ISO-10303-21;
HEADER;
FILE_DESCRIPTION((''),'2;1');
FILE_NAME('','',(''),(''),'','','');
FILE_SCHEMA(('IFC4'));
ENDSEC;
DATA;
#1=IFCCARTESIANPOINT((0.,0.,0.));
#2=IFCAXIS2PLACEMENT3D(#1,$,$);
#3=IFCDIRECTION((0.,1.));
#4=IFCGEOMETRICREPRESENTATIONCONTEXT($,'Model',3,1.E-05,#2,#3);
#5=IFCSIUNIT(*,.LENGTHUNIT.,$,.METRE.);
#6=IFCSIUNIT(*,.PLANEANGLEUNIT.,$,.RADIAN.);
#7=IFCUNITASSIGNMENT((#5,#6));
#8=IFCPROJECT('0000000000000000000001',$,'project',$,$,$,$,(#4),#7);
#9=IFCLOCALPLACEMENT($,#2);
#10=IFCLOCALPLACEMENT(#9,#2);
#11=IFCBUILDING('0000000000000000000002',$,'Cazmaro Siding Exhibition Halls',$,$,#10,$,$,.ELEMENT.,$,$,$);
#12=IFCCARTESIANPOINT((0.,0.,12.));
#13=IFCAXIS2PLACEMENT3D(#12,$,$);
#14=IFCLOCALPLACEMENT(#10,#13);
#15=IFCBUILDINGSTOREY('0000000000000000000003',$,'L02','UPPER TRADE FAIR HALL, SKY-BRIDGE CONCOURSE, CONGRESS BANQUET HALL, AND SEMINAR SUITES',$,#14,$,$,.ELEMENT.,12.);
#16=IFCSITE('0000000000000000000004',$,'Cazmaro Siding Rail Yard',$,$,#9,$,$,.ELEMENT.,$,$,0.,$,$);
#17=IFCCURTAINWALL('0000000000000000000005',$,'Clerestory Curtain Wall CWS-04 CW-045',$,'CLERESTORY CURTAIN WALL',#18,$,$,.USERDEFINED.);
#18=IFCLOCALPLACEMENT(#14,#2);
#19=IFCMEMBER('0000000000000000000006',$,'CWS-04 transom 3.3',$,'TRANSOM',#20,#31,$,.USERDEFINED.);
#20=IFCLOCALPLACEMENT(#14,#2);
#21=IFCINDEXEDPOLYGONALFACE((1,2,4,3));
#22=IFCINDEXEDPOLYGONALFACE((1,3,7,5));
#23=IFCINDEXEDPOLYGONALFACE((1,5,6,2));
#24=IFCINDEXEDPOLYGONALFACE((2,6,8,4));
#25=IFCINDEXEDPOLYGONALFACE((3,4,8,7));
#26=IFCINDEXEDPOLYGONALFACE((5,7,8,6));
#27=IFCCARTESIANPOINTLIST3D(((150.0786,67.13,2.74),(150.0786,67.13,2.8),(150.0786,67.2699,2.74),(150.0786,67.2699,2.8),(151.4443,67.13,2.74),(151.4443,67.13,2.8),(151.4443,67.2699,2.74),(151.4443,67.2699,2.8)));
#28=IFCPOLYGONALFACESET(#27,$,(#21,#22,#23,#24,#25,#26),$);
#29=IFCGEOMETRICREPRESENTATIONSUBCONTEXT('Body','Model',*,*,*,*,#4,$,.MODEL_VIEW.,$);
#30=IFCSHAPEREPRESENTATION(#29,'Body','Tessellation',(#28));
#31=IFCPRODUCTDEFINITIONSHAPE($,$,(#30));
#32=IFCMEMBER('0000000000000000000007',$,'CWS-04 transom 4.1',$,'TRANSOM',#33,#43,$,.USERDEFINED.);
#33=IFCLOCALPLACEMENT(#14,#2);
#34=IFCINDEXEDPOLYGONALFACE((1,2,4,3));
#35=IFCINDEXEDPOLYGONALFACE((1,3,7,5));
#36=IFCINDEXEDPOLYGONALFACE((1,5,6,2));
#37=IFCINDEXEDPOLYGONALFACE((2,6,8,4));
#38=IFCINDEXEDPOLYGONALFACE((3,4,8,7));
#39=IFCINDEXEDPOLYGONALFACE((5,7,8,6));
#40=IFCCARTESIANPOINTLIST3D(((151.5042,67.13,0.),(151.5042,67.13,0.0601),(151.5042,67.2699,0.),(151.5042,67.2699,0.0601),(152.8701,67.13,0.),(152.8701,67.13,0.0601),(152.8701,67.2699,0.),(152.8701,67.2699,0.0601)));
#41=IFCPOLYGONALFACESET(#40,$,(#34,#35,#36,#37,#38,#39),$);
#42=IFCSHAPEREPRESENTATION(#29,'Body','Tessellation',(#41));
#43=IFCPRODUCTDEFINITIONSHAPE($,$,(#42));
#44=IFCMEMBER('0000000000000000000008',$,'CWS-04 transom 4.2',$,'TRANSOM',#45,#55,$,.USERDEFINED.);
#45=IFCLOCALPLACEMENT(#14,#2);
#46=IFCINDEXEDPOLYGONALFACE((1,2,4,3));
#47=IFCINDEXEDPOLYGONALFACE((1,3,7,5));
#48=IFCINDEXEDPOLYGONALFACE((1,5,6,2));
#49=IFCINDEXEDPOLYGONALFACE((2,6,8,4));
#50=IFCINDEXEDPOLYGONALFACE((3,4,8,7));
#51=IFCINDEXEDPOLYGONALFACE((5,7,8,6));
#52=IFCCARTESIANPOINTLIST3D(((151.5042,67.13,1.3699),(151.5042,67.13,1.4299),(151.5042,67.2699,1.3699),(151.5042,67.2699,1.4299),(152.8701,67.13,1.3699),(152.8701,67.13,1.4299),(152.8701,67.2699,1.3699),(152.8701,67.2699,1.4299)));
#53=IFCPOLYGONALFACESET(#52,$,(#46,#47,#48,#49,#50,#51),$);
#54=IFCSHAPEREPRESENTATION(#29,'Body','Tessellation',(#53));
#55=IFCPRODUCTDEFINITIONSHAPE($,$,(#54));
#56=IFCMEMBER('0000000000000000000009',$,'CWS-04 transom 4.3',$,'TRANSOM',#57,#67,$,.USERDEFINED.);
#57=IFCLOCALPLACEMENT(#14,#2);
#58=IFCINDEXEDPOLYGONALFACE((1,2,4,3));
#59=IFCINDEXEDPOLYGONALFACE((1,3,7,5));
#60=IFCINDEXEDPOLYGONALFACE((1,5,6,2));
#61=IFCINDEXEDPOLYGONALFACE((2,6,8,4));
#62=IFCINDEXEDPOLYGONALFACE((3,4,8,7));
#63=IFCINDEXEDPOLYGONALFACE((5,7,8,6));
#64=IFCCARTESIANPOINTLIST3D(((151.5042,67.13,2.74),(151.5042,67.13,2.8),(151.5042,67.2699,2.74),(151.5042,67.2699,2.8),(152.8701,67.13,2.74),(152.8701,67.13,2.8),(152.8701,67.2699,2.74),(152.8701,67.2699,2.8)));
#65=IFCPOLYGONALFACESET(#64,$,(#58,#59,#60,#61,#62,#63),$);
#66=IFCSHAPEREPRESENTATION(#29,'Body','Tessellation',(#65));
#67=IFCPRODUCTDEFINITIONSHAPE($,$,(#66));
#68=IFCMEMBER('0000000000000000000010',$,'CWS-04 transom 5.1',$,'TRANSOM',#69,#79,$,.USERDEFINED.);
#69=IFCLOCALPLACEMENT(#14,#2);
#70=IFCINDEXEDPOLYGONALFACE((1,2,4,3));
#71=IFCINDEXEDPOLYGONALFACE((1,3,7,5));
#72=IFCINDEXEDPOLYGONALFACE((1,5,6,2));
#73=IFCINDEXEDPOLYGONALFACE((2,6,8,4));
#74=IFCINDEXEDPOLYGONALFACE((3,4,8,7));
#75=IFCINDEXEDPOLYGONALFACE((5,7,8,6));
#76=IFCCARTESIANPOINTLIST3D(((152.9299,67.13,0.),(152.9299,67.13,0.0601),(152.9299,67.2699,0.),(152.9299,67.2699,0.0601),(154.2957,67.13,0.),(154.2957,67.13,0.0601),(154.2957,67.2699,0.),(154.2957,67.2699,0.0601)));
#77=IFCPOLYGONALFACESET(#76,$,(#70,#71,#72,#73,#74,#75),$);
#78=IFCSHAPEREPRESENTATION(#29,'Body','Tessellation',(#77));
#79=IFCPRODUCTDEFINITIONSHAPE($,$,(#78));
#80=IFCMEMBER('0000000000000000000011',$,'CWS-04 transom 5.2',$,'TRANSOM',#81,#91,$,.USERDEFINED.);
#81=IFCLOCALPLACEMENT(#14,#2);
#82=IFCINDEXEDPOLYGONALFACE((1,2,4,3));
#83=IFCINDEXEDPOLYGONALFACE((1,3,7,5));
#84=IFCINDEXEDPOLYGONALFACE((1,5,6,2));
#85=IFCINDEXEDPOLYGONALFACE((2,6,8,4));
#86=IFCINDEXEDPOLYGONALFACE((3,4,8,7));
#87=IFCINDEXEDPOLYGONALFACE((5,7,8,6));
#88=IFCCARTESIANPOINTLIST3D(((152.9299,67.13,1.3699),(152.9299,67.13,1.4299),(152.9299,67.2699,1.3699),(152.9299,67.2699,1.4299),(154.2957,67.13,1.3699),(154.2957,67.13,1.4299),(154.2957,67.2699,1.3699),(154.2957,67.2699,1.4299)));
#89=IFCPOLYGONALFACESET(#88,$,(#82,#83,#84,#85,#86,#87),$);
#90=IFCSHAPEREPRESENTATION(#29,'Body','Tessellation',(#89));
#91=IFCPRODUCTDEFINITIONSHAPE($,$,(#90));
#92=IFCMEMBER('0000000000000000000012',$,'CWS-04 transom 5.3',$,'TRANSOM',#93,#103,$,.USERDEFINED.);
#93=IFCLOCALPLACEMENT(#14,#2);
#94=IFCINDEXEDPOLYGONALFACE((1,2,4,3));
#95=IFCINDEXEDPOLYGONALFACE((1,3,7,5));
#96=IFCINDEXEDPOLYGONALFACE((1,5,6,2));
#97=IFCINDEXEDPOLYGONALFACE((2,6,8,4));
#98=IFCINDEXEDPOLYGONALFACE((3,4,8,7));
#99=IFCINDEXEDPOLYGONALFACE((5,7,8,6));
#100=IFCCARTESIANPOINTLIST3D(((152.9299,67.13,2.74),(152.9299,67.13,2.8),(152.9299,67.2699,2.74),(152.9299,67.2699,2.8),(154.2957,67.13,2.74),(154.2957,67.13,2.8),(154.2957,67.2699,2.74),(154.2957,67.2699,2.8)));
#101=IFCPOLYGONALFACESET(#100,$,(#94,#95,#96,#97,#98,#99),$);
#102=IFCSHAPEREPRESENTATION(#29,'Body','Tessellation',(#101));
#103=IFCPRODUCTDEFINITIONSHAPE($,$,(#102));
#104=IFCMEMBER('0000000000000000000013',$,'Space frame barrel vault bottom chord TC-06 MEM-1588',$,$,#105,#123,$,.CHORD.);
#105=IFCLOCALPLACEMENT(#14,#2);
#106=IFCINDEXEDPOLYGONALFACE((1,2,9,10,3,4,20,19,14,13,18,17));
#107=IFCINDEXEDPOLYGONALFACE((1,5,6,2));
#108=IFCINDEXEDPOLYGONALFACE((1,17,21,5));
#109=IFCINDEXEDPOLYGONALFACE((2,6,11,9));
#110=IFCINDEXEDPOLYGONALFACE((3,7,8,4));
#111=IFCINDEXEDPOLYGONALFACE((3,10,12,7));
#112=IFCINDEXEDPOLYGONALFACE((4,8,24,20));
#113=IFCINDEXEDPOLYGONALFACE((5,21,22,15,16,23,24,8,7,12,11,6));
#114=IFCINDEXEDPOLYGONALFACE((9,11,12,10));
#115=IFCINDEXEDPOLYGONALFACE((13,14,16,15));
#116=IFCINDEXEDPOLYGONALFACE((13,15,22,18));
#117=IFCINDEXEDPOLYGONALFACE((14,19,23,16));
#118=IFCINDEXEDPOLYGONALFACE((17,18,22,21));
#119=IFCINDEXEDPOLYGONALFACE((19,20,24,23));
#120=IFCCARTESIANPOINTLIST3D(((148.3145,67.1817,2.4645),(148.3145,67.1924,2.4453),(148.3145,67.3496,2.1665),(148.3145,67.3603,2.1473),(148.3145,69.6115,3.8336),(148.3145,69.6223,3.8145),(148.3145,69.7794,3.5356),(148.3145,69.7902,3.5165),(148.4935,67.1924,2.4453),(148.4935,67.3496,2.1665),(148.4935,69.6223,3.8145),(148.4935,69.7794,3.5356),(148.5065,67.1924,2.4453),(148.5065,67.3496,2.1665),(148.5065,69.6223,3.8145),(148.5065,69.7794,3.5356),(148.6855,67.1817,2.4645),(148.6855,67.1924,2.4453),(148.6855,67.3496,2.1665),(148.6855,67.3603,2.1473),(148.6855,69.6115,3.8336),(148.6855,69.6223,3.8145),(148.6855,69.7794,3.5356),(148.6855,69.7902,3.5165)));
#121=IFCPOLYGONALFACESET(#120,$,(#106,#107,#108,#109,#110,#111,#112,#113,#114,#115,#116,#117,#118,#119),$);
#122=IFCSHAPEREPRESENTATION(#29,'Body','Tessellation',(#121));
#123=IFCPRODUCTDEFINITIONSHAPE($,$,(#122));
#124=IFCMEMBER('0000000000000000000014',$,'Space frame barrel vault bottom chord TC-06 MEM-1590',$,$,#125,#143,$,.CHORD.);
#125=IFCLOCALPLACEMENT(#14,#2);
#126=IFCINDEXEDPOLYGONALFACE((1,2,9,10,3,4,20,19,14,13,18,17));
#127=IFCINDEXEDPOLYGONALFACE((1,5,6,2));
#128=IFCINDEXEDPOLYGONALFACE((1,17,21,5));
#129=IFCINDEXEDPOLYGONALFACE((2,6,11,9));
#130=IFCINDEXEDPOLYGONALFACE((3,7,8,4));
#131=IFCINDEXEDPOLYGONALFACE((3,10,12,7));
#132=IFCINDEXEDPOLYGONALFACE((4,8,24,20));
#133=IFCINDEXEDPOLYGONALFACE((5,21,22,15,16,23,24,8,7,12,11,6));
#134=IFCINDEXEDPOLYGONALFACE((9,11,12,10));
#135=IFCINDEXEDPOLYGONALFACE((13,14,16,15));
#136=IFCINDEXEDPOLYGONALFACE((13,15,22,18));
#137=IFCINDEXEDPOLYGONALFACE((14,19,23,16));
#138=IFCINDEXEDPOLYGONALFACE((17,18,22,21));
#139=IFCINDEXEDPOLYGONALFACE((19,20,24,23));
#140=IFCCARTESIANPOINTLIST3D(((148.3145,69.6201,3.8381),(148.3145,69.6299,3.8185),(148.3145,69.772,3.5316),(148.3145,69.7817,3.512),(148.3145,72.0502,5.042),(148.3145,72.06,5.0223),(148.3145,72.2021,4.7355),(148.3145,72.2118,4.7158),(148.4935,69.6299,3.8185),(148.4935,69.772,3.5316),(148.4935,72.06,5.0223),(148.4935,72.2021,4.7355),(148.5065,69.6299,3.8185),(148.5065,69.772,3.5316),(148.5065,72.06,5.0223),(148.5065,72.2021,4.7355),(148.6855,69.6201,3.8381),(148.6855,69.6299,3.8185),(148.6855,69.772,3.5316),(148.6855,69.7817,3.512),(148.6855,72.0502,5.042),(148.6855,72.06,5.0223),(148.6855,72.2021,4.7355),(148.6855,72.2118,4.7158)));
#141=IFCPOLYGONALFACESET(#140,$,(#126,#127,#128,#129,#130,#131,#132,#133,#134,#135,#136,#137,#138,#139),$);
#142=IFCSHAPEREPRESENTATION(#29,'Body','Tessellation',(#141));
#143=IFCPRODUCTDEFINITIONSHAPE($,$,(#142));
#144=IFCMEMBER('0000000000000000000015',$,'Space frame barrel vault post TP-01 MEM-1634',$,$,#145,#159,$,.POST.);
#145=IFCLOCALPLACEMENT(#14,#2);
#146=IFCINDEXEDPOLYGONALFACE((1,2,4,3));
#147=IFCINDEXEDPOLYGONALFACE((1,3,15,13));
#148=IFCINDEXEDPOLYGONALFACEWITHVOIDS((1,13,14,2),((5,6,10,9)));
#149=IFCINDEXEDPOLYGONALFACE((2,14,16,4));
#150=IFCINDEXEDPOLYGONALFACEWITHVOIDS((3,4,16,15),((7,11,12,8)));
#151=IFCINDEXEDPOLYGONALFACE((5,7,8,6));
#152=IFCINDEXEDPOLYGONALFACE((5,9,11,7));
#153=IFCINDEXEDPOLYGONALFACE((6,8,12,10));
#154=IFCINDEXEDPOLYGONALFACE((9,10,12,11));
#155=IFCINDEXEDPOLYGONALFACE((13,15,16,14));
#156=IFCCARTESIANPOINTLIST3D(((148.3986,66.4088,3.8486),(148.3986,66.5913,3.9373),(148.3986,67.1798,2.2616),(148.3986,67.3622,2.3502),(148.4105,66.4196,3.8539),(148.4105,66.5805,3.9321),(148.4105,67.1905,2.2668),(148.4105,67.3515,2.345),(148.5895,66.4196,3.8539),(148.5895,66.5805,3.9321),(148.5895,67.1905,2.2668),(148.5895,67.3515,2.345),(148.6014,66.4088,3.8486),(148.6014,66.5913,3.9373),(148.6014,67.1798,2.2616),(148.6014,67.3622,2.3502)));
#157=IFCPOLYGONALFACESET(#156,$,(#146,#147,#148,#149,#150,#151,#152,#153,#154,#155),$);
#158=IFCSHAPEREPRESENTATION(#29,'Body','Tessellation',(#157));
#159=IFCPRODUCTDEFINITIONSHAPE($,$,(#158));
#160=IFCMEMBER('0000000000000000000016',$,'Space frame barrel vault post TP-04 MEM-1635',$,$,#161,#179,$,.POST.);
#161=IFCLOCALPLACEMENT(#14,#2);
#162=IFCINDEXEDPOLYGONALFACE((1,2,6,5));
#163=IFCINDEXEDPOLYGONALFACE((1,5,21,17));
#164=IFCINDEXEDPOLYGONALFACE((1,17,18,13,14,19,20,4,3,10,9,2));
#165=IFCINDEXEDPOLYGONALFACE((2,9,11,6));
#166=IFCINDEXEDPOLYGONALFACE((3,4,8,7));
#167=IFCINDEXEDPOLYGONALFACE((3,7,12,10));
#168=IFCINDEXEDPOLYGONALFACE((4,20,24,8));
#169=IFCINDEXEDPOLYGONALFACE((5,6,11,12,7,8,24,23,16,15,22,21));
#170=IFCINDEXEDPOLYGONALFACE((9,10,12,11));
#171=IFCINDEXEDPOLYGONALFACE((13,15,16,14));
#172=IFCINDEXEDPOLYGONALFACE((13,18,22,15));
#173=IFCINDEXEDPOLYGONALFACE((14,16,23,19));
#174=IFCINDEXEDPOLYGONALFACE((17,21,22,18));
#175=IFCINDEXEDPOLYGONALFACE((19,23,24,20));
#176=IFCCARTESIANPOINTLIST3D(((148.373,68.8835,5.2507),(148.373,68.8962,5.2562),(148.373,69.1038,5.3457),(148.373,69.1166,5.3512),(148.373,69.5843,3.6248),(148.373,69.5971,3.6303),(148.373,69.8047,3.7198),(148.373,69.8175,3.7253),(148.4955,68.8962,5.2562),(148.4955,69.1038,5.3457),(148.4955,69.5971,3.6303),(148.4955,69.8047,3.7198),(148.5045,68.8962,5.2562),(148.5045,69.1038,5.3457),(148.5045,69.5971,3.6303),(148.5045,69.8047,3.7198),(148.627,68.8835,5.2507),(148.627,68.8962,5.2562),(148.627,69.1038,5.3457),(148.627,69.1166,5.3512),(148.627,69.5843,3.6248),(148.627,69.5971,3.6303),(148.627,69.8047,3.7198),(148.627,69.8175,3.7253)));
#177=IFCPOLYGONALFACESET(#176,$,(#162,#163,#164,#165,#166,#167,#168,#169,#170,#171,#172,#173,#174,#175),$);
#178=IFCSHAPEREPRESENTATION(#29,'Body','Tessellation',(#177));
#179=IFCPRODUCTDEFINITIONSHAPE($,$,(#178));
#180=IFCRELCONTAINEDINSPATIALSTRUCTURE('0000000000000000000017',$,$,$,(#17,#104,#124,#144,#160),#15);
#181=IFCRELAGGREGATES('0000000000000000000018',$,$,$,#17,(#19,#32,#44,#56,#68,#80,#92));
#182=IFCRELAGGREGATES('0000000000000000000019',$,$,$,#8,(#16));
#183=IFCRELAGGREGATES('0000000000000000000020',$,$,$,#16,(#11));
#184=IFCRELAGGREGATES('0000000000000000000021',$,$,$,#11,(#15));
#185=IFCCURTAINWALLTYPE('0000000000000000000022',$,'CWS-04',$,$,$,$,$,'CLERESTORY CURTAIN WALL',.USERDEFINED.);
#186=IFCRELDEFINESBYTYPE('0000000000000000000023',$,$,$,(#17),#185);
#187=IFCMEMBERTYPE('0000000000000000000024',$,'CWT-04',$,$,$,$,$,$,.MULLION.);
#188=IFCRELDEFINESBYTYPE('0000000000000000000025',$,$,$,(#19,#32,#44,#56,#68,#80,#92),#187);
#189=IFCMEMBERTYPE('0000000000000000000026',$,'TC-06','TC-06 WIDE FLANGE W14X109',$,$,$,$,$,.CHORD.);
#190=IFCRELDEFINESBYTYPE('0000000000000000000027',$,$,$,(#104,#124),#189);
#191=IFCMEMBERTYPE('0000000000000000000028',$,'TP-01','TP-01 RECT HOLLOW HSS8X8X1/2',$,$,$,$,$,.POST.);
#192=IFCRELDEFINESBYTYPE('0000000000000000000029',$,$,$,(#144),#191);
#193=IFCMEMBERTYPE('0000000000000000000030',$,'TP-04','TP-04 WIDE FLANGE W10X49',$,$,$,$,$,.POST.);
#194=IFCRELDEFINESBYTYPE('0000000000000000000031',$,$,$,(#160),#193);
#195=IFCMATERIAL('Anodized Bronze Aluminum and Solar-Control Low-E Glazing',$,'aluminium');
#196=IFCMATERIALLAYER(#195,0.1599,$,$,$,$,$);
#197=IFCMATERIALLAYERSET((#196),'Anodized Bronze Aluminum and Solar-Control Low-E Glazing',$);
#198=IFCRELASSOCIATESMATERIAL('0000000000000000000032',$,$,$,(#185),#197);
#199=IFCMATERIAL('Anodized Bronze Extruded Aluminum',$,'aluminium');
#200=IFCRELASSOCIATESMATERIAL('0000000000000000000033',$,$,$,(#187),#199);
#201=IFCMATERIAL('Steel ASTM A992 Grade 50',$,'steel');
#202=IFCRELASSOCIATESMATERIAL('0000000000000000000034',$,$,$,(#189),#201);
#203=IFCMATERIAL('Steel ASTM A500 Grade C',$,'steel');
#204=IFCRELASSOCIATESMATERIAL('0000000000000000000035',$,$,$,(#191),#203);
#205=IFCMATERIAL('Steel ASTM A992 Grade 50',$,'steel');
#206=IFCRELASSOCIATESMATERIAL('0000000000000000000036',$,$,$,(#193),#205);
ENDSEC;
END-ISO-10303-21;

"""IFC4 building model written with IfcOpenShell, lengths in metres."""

from ifc_helpers import new_model, si_unit, direction, frame, origin, origin_2d, place, context, subcontext, project, spatial, rectangle, hollow_rectangle, i_section, extrude, material, layer, layer_set, material_profile, profile_set, type_object, element, aggregate, save


model = new_model("IFC4")

# Units and contexts
model_context = context("Model", 3, precision=1e-05, world=origin(), true_north=direction((0.0, 1.0)))
body_context = subcontext(model_context, "Body", "Model", "MODEL_VIEW")
ifc_project = project(units=[si_unit("LENGTHUNIT", "METRE"), si_unit("PLANEANGLEUNIT", "RADIAN")], contexts=[model_context])

# Site, building, storey
site_placement = place(None, origin())
site = spatial("IfcSite", under=ifc_project, at=site_placement, Name="Cazmaro Siding Rail Yard", CompositionType="ELEMENT", RefElevation=0.0)
building_placement = place(site_placement, origin())
building = spatial("IfcBuilding", under=site, at=building_placement, Name="Cazmaro Siding Exhibition Halls", CompositionType="ELEMENT")
storey_placement = place(building_placement, frame((0.0, 0.0, 12.0)))
storey = spatial("IfcBuildingStorey", under=building, at=storey_placement, Name="L02", Description="UPPER TRADE FAIR HALL, SKY-BRIDGE CONCOURSE, CONGRESS BANQUET HALL, AND SEMINAR SUITES", CompositionType="ELEMENT", Elevation=12.0)

# Curtain wall, members
ifc_material_1 = material(Name="Anodized Bronze Aluminum and Solar-Control Low-E Glazing", Category="aluminium")
ifc_layer_1 = layer(ifc_material_1, 0.1599)
ifc_layer_set_1 = layer_set([ifc_layer_1], Name="Anodized Bronze Aluminum and Solar-Control Low-E Glazing")
curtain_wall_type = type_object("IfcCurtainWallType", Name="CWS-04", ElementType="CLERESTORY CURTAIN WALL", PredefinedType="USERDEFINED", material=ifc_layer_set_1)
curtain_wall_placement = place(storey_placement, origin())
curtain_wall = element("IfcCurtainWall", 1, at=curtain_wall_placement, inside=storey, type_object=curtain_wall_type, Name="Clerestory Curtain Wall CWS-04 CW-045", ObjectType="CLERESTORY CURTAIN WALL", PredefinedType="USERDEFINED")
ifc_material_2 = material(Name="Anodized Bronze Extruded Aluminum", Category="aluminium")
ifc_material_profile_1 = material_profile(ifc_material_2, rectangle(XDim=0.1399, YDim=0.0601, at=origin_2d()), Name="CWT-04")
ifc_profile_set_1 = profile_set([ifc_material_profile_1], Name="Anodized Bronze Extruded Aluminum")
member_type_1 = type_object("IfcMemberType", Name="CWT-04", PredefinedType="MULLION", material=ifc_profile_set_1)
member_1_placement = place(storey_placement, frame((150.0786, 67.2, 2.77), z_axis=(1.0, 0.0, 0.0), x_axis=(0.0, 1.0, 0.0)))
member_1 = element("IfcMember", 2, at=member_1_placement, type_object=member_type_1, Name="CWS-04 transom 3.3", ObjectType="TRANSOM", PredefinedType="USERDEFINED", context=body_context, shape_type="SweptSolid", body=[
    extrude(rectangle(XDim=0.1399, YDim=0.0601, at=origin_2d()), origin(), (0.0, 0.0, 1.0), 1.3657),
])
member_2_placement = place(storey_placement, frame((151.5042, 67.2, 0.03), z_axis=(1.0, 0.0, 0.0), x_axis=(0.0, 1.0, 0.0)))
member_2 = element("IfcMember", 3, at=member_2_placement, type_object=member_type_1, Name="CWS-04 transom 4.1", ObjectType="TRANSOM", PredefinedType="USERDEFINED", context=body_context, shape_type="SweptSolid", body=[
    extrude(rectangle(XDim=0.1399, YDim=0.0601, at=origin_2d()), origin(), (0.0, 0.0, 1.0), 1.366),
])
member_3_placement = place(storey_placement, frame((151.5042, 67.2, 1.3999), z_axis=(1.0, 0.0, 0.0), x_axis=(0.0, 1.0, 0.0)))
member_3 = element("IfcMember", 4, at=member_3_placement, type_object=member_type_1, Name="CWS-04 transom 4.2", ObjectType="TRANSOM", PredefinedType="USERDEFINED", context=body_context, shape_type="SweptSolid", body=[
    extrude(rectangle(XDim=0.1399, YDim=0.0601, at=origin_2d()), origin(), (0.0, 0.0, 1.0), 1.366),
])
member_4_placement = place(storey_placement, frame((151.5042, 67.2, 2.77), z_axis=(1.0, 0.0, 0.0), x_axis=(0.0, 1.0, 0.0)))
member_4 = element("IfcMember", 5, at=member_4_placement, type_object=member_type_1, Name="CWS-04 transom 4.3", ObjectType="TRANSOM", PredefinedType="USERDEFINED", context=body_context, shape_type="SweptSolid", body=[
    extrude(rectangle(XDim=0.1399, YDim=0.0601, at=origin_2d()), origin(), (0.0, 0.0, 1.0), 1.366),
])
member_5_placement = place(storey_placement, frame((152.9299, 67.2, 0.03), z_axis=(1.0, 0.0, 0.0), x_axis=(0.0, 1.0, 0.0)))
member_5 = element("IfcMember", 6, at=member_5_placement, type_object=member_type_1, Name="CWS-04 transom 5.1", ObjectType="TRANSOM", PredefinedType="USERDEFINED", context=body_context, shape_type="SweptSolid", body=[
    extrude(rectangle(XDim=0.1399, YDim=0.0601, at=origin_2d()), origin(), (0.0, 0.0, 1.0), 1.3657),
])
member_6_placement = place(storey_placement, frame((152.9299, 67.2, 1.3999), z_axis=(1.0, 0.0, 0.0), x_axis=(0.0, 1.0, 0.0)))
member_6 = element("IfcMember", 7, at=member_6_placement, type_object=member_type_1, Name="CWS-04 transom 5.2", ObjectType="TRANSOM", PredefinedType="USERDEFINED", context=body_context, shape_type="SweptSolid", body=[
    extrude(rectangle(XDim=0.1399, YDim=0.0601, at=origin_2d()), origin(), (0.0, 0.0, 1.0), 1.3657),
])
member_7_placement = place(storey_placement, frame((152.9299, 67.2, 2.77), z_axis=(1.0, 0.0, 0.0), x_axis=(0.0, 1.0, 0.0)))
member_7 = element("IfcMember", 8, at=member_7_placement, type_object=member_type_1, Name="CWS-04 transom 5.3", ObjectType="TRANSOM", PredefinedType="USERDEFINED", context=body_context, shape_type="SweptSolid", body=[
    extrude(rectangle(XDim=0.1399, YDim=0.0601, at=origin_2d()), origin(), (0.0, 0.0, 1.0), 1.3657),
])

# Members
ifc_material_3 = material(Name="Steel ASTM A992 Grade 50", Category="steel")
ifc_material_profile_2 = material_profile(ifc_material_3, i_section(OverallWidth=0.3711, OverallDepth=0.364, WebThickness=0.0129, FlangeThickness=0.022, at=origin_2d()), Name="W14X109")
ifc_profile_set_2 = profile_set([ifc_material_profile_2], Name="Steel ASTM A992 Grade 50")
member_type_2 = type_object("IfcMemberType", Name="TC-06", Description="TC-06 WIDE FLANGE W14X109", PredefinedType="CHORD", material=ifc_profile_set_2)
member_8_placement = place(storey_placement, frame((148.5, 67.271, 2.3059), z_axis=(0.0, 0.871222, 0.490889), x_axis=(-1.0, 0.0, 0.0)))
element("IfcMember", 9, at=member_8_placement, inside=storey, type_object=member_type_2, Name="Space frame barrel vault bottom chord TC-06 MEM-1588", PredefinedType="CHORD", context=body_context, shape_type="SweptSolid", body=[
    extrude(i_section(OverallWidth=0.3711, OverallDepth=0.364, WebThickness=0.0129, FlangeThickness=0.022, at=origin_2d()), origin(), (0.0, 0.0, 1.0), 2.7891),
])
member_9_placement = place(storey_placement, frame((148.5, 69.7009, 3.675), z_axis=(0.0, 0.896077, 0.443898), x_axis=(-1.0, 0.0, 0.0)))
element("IfcMember", 10, at=member_9_placement, inside=storey, type_object=member_type_2, Name="Space frame barrel vault bottom chord TC-06 MEM-1590", PredefinedType="CHORD", context=body_context, shape_type="SweptSolid", body=[
    extrude(i_section(OverallWidth=0.3711, OverallDepth=0.364, WebThickness=0.0129, FlangeThickness=0.022, at=origin_2d()), origin(), (0.0, 0.0, 1.0), 2.7119),
])
ifc_material_4 = material(Name="Steel ASTM A500 Grade C", Category="steel")
ifc_material_profile_3 = material_profile(ifc_material_4, hollow_rectangle(XDim=0.2029, YDim=0.2029, WallThickness=0.012, at=origin_2d()), Name="HSS8X8X1/2")
ifc_profile_set_3 = profile_set([ifc_material_profile_3], Name="Steel ASTM A500 Grade C")
member_type_3 = type_object("IfcMemberType", Name="TP-01", Description="TP-01 RECT HOLLOW HSS8X8X1/2", PredefinedType="POST", material=ifc_profile_set_3)
member_10_placement = place(storey_placement, frame((148.5, 67.271, 2.3059), z_axis=(0.0, -0.436946, 0.899488), x_axis=(1.0, 0.0, 0.0)))
element("IfcMember", 11, at=member_10_placement, inside=storey, type_object=member_type_3, Name="Space frame barrel vault post TP-01 MEM-1634", PredefinedType="POST", context=body_context, shape_type="SweptSolid", body=[
    extrude(hollow_rectangle(XDim=0.2029, YDim=0.2029, WallThickness=0.012, at=origin_2d()), origin(), (0.0, 0.0, 1.0), 1.7644),
])
ifc_material_5 = material(Name="Steel ASTM A992 Grade 50", Category="steel")
ifc_material_profile_4 = material_profile(ifc_material_5, i_section(OverallWidth=0.2539, OverallDepth=0.2539, WebThickness=0.009, FlangeThickness=0.0139, at=origin_2d()), Name="W10X49")
ifc_profile_set_4 = profile_set([ifc_material_profile_4], Name="Steel ASTM A992 Grade 50")
member_type_4 = type_object("IfcMemberType", Name="TP-04", Description="TP-04 WIDE FLANGE W10X49", PredefinedType="POST", material=ifc_profile_set_4)
member_11_placement = place(storey_placement, frame((148.5, 69.7009, 3.675), z_axis=(0.0, -0.395865, 0.918309), x_axis=(1.0, 0.0, 0.0)))
element("IfcMember", 12, at=member_11_placement, inside=storey, type_object=member_type_4, Name="Space frame barrel vault post TP-04 MEM-1635", PredefinedType="POST", context=body_context, shape_type="SweptSolid", body=[
    extrude(i_section(OverallWidth=0.2539, OverallDepth=0.2539, WebThickness=0.009, FlangeThickness=0.0139, at=origin_2d()), origin(), (0.0, 0.0, 1.0), 1.7705),
])

aggregate(curtain_wall, [member_1, member_2, member_3, member_4, member_5, member_6, member_7])

save(model, "model.ifc")
